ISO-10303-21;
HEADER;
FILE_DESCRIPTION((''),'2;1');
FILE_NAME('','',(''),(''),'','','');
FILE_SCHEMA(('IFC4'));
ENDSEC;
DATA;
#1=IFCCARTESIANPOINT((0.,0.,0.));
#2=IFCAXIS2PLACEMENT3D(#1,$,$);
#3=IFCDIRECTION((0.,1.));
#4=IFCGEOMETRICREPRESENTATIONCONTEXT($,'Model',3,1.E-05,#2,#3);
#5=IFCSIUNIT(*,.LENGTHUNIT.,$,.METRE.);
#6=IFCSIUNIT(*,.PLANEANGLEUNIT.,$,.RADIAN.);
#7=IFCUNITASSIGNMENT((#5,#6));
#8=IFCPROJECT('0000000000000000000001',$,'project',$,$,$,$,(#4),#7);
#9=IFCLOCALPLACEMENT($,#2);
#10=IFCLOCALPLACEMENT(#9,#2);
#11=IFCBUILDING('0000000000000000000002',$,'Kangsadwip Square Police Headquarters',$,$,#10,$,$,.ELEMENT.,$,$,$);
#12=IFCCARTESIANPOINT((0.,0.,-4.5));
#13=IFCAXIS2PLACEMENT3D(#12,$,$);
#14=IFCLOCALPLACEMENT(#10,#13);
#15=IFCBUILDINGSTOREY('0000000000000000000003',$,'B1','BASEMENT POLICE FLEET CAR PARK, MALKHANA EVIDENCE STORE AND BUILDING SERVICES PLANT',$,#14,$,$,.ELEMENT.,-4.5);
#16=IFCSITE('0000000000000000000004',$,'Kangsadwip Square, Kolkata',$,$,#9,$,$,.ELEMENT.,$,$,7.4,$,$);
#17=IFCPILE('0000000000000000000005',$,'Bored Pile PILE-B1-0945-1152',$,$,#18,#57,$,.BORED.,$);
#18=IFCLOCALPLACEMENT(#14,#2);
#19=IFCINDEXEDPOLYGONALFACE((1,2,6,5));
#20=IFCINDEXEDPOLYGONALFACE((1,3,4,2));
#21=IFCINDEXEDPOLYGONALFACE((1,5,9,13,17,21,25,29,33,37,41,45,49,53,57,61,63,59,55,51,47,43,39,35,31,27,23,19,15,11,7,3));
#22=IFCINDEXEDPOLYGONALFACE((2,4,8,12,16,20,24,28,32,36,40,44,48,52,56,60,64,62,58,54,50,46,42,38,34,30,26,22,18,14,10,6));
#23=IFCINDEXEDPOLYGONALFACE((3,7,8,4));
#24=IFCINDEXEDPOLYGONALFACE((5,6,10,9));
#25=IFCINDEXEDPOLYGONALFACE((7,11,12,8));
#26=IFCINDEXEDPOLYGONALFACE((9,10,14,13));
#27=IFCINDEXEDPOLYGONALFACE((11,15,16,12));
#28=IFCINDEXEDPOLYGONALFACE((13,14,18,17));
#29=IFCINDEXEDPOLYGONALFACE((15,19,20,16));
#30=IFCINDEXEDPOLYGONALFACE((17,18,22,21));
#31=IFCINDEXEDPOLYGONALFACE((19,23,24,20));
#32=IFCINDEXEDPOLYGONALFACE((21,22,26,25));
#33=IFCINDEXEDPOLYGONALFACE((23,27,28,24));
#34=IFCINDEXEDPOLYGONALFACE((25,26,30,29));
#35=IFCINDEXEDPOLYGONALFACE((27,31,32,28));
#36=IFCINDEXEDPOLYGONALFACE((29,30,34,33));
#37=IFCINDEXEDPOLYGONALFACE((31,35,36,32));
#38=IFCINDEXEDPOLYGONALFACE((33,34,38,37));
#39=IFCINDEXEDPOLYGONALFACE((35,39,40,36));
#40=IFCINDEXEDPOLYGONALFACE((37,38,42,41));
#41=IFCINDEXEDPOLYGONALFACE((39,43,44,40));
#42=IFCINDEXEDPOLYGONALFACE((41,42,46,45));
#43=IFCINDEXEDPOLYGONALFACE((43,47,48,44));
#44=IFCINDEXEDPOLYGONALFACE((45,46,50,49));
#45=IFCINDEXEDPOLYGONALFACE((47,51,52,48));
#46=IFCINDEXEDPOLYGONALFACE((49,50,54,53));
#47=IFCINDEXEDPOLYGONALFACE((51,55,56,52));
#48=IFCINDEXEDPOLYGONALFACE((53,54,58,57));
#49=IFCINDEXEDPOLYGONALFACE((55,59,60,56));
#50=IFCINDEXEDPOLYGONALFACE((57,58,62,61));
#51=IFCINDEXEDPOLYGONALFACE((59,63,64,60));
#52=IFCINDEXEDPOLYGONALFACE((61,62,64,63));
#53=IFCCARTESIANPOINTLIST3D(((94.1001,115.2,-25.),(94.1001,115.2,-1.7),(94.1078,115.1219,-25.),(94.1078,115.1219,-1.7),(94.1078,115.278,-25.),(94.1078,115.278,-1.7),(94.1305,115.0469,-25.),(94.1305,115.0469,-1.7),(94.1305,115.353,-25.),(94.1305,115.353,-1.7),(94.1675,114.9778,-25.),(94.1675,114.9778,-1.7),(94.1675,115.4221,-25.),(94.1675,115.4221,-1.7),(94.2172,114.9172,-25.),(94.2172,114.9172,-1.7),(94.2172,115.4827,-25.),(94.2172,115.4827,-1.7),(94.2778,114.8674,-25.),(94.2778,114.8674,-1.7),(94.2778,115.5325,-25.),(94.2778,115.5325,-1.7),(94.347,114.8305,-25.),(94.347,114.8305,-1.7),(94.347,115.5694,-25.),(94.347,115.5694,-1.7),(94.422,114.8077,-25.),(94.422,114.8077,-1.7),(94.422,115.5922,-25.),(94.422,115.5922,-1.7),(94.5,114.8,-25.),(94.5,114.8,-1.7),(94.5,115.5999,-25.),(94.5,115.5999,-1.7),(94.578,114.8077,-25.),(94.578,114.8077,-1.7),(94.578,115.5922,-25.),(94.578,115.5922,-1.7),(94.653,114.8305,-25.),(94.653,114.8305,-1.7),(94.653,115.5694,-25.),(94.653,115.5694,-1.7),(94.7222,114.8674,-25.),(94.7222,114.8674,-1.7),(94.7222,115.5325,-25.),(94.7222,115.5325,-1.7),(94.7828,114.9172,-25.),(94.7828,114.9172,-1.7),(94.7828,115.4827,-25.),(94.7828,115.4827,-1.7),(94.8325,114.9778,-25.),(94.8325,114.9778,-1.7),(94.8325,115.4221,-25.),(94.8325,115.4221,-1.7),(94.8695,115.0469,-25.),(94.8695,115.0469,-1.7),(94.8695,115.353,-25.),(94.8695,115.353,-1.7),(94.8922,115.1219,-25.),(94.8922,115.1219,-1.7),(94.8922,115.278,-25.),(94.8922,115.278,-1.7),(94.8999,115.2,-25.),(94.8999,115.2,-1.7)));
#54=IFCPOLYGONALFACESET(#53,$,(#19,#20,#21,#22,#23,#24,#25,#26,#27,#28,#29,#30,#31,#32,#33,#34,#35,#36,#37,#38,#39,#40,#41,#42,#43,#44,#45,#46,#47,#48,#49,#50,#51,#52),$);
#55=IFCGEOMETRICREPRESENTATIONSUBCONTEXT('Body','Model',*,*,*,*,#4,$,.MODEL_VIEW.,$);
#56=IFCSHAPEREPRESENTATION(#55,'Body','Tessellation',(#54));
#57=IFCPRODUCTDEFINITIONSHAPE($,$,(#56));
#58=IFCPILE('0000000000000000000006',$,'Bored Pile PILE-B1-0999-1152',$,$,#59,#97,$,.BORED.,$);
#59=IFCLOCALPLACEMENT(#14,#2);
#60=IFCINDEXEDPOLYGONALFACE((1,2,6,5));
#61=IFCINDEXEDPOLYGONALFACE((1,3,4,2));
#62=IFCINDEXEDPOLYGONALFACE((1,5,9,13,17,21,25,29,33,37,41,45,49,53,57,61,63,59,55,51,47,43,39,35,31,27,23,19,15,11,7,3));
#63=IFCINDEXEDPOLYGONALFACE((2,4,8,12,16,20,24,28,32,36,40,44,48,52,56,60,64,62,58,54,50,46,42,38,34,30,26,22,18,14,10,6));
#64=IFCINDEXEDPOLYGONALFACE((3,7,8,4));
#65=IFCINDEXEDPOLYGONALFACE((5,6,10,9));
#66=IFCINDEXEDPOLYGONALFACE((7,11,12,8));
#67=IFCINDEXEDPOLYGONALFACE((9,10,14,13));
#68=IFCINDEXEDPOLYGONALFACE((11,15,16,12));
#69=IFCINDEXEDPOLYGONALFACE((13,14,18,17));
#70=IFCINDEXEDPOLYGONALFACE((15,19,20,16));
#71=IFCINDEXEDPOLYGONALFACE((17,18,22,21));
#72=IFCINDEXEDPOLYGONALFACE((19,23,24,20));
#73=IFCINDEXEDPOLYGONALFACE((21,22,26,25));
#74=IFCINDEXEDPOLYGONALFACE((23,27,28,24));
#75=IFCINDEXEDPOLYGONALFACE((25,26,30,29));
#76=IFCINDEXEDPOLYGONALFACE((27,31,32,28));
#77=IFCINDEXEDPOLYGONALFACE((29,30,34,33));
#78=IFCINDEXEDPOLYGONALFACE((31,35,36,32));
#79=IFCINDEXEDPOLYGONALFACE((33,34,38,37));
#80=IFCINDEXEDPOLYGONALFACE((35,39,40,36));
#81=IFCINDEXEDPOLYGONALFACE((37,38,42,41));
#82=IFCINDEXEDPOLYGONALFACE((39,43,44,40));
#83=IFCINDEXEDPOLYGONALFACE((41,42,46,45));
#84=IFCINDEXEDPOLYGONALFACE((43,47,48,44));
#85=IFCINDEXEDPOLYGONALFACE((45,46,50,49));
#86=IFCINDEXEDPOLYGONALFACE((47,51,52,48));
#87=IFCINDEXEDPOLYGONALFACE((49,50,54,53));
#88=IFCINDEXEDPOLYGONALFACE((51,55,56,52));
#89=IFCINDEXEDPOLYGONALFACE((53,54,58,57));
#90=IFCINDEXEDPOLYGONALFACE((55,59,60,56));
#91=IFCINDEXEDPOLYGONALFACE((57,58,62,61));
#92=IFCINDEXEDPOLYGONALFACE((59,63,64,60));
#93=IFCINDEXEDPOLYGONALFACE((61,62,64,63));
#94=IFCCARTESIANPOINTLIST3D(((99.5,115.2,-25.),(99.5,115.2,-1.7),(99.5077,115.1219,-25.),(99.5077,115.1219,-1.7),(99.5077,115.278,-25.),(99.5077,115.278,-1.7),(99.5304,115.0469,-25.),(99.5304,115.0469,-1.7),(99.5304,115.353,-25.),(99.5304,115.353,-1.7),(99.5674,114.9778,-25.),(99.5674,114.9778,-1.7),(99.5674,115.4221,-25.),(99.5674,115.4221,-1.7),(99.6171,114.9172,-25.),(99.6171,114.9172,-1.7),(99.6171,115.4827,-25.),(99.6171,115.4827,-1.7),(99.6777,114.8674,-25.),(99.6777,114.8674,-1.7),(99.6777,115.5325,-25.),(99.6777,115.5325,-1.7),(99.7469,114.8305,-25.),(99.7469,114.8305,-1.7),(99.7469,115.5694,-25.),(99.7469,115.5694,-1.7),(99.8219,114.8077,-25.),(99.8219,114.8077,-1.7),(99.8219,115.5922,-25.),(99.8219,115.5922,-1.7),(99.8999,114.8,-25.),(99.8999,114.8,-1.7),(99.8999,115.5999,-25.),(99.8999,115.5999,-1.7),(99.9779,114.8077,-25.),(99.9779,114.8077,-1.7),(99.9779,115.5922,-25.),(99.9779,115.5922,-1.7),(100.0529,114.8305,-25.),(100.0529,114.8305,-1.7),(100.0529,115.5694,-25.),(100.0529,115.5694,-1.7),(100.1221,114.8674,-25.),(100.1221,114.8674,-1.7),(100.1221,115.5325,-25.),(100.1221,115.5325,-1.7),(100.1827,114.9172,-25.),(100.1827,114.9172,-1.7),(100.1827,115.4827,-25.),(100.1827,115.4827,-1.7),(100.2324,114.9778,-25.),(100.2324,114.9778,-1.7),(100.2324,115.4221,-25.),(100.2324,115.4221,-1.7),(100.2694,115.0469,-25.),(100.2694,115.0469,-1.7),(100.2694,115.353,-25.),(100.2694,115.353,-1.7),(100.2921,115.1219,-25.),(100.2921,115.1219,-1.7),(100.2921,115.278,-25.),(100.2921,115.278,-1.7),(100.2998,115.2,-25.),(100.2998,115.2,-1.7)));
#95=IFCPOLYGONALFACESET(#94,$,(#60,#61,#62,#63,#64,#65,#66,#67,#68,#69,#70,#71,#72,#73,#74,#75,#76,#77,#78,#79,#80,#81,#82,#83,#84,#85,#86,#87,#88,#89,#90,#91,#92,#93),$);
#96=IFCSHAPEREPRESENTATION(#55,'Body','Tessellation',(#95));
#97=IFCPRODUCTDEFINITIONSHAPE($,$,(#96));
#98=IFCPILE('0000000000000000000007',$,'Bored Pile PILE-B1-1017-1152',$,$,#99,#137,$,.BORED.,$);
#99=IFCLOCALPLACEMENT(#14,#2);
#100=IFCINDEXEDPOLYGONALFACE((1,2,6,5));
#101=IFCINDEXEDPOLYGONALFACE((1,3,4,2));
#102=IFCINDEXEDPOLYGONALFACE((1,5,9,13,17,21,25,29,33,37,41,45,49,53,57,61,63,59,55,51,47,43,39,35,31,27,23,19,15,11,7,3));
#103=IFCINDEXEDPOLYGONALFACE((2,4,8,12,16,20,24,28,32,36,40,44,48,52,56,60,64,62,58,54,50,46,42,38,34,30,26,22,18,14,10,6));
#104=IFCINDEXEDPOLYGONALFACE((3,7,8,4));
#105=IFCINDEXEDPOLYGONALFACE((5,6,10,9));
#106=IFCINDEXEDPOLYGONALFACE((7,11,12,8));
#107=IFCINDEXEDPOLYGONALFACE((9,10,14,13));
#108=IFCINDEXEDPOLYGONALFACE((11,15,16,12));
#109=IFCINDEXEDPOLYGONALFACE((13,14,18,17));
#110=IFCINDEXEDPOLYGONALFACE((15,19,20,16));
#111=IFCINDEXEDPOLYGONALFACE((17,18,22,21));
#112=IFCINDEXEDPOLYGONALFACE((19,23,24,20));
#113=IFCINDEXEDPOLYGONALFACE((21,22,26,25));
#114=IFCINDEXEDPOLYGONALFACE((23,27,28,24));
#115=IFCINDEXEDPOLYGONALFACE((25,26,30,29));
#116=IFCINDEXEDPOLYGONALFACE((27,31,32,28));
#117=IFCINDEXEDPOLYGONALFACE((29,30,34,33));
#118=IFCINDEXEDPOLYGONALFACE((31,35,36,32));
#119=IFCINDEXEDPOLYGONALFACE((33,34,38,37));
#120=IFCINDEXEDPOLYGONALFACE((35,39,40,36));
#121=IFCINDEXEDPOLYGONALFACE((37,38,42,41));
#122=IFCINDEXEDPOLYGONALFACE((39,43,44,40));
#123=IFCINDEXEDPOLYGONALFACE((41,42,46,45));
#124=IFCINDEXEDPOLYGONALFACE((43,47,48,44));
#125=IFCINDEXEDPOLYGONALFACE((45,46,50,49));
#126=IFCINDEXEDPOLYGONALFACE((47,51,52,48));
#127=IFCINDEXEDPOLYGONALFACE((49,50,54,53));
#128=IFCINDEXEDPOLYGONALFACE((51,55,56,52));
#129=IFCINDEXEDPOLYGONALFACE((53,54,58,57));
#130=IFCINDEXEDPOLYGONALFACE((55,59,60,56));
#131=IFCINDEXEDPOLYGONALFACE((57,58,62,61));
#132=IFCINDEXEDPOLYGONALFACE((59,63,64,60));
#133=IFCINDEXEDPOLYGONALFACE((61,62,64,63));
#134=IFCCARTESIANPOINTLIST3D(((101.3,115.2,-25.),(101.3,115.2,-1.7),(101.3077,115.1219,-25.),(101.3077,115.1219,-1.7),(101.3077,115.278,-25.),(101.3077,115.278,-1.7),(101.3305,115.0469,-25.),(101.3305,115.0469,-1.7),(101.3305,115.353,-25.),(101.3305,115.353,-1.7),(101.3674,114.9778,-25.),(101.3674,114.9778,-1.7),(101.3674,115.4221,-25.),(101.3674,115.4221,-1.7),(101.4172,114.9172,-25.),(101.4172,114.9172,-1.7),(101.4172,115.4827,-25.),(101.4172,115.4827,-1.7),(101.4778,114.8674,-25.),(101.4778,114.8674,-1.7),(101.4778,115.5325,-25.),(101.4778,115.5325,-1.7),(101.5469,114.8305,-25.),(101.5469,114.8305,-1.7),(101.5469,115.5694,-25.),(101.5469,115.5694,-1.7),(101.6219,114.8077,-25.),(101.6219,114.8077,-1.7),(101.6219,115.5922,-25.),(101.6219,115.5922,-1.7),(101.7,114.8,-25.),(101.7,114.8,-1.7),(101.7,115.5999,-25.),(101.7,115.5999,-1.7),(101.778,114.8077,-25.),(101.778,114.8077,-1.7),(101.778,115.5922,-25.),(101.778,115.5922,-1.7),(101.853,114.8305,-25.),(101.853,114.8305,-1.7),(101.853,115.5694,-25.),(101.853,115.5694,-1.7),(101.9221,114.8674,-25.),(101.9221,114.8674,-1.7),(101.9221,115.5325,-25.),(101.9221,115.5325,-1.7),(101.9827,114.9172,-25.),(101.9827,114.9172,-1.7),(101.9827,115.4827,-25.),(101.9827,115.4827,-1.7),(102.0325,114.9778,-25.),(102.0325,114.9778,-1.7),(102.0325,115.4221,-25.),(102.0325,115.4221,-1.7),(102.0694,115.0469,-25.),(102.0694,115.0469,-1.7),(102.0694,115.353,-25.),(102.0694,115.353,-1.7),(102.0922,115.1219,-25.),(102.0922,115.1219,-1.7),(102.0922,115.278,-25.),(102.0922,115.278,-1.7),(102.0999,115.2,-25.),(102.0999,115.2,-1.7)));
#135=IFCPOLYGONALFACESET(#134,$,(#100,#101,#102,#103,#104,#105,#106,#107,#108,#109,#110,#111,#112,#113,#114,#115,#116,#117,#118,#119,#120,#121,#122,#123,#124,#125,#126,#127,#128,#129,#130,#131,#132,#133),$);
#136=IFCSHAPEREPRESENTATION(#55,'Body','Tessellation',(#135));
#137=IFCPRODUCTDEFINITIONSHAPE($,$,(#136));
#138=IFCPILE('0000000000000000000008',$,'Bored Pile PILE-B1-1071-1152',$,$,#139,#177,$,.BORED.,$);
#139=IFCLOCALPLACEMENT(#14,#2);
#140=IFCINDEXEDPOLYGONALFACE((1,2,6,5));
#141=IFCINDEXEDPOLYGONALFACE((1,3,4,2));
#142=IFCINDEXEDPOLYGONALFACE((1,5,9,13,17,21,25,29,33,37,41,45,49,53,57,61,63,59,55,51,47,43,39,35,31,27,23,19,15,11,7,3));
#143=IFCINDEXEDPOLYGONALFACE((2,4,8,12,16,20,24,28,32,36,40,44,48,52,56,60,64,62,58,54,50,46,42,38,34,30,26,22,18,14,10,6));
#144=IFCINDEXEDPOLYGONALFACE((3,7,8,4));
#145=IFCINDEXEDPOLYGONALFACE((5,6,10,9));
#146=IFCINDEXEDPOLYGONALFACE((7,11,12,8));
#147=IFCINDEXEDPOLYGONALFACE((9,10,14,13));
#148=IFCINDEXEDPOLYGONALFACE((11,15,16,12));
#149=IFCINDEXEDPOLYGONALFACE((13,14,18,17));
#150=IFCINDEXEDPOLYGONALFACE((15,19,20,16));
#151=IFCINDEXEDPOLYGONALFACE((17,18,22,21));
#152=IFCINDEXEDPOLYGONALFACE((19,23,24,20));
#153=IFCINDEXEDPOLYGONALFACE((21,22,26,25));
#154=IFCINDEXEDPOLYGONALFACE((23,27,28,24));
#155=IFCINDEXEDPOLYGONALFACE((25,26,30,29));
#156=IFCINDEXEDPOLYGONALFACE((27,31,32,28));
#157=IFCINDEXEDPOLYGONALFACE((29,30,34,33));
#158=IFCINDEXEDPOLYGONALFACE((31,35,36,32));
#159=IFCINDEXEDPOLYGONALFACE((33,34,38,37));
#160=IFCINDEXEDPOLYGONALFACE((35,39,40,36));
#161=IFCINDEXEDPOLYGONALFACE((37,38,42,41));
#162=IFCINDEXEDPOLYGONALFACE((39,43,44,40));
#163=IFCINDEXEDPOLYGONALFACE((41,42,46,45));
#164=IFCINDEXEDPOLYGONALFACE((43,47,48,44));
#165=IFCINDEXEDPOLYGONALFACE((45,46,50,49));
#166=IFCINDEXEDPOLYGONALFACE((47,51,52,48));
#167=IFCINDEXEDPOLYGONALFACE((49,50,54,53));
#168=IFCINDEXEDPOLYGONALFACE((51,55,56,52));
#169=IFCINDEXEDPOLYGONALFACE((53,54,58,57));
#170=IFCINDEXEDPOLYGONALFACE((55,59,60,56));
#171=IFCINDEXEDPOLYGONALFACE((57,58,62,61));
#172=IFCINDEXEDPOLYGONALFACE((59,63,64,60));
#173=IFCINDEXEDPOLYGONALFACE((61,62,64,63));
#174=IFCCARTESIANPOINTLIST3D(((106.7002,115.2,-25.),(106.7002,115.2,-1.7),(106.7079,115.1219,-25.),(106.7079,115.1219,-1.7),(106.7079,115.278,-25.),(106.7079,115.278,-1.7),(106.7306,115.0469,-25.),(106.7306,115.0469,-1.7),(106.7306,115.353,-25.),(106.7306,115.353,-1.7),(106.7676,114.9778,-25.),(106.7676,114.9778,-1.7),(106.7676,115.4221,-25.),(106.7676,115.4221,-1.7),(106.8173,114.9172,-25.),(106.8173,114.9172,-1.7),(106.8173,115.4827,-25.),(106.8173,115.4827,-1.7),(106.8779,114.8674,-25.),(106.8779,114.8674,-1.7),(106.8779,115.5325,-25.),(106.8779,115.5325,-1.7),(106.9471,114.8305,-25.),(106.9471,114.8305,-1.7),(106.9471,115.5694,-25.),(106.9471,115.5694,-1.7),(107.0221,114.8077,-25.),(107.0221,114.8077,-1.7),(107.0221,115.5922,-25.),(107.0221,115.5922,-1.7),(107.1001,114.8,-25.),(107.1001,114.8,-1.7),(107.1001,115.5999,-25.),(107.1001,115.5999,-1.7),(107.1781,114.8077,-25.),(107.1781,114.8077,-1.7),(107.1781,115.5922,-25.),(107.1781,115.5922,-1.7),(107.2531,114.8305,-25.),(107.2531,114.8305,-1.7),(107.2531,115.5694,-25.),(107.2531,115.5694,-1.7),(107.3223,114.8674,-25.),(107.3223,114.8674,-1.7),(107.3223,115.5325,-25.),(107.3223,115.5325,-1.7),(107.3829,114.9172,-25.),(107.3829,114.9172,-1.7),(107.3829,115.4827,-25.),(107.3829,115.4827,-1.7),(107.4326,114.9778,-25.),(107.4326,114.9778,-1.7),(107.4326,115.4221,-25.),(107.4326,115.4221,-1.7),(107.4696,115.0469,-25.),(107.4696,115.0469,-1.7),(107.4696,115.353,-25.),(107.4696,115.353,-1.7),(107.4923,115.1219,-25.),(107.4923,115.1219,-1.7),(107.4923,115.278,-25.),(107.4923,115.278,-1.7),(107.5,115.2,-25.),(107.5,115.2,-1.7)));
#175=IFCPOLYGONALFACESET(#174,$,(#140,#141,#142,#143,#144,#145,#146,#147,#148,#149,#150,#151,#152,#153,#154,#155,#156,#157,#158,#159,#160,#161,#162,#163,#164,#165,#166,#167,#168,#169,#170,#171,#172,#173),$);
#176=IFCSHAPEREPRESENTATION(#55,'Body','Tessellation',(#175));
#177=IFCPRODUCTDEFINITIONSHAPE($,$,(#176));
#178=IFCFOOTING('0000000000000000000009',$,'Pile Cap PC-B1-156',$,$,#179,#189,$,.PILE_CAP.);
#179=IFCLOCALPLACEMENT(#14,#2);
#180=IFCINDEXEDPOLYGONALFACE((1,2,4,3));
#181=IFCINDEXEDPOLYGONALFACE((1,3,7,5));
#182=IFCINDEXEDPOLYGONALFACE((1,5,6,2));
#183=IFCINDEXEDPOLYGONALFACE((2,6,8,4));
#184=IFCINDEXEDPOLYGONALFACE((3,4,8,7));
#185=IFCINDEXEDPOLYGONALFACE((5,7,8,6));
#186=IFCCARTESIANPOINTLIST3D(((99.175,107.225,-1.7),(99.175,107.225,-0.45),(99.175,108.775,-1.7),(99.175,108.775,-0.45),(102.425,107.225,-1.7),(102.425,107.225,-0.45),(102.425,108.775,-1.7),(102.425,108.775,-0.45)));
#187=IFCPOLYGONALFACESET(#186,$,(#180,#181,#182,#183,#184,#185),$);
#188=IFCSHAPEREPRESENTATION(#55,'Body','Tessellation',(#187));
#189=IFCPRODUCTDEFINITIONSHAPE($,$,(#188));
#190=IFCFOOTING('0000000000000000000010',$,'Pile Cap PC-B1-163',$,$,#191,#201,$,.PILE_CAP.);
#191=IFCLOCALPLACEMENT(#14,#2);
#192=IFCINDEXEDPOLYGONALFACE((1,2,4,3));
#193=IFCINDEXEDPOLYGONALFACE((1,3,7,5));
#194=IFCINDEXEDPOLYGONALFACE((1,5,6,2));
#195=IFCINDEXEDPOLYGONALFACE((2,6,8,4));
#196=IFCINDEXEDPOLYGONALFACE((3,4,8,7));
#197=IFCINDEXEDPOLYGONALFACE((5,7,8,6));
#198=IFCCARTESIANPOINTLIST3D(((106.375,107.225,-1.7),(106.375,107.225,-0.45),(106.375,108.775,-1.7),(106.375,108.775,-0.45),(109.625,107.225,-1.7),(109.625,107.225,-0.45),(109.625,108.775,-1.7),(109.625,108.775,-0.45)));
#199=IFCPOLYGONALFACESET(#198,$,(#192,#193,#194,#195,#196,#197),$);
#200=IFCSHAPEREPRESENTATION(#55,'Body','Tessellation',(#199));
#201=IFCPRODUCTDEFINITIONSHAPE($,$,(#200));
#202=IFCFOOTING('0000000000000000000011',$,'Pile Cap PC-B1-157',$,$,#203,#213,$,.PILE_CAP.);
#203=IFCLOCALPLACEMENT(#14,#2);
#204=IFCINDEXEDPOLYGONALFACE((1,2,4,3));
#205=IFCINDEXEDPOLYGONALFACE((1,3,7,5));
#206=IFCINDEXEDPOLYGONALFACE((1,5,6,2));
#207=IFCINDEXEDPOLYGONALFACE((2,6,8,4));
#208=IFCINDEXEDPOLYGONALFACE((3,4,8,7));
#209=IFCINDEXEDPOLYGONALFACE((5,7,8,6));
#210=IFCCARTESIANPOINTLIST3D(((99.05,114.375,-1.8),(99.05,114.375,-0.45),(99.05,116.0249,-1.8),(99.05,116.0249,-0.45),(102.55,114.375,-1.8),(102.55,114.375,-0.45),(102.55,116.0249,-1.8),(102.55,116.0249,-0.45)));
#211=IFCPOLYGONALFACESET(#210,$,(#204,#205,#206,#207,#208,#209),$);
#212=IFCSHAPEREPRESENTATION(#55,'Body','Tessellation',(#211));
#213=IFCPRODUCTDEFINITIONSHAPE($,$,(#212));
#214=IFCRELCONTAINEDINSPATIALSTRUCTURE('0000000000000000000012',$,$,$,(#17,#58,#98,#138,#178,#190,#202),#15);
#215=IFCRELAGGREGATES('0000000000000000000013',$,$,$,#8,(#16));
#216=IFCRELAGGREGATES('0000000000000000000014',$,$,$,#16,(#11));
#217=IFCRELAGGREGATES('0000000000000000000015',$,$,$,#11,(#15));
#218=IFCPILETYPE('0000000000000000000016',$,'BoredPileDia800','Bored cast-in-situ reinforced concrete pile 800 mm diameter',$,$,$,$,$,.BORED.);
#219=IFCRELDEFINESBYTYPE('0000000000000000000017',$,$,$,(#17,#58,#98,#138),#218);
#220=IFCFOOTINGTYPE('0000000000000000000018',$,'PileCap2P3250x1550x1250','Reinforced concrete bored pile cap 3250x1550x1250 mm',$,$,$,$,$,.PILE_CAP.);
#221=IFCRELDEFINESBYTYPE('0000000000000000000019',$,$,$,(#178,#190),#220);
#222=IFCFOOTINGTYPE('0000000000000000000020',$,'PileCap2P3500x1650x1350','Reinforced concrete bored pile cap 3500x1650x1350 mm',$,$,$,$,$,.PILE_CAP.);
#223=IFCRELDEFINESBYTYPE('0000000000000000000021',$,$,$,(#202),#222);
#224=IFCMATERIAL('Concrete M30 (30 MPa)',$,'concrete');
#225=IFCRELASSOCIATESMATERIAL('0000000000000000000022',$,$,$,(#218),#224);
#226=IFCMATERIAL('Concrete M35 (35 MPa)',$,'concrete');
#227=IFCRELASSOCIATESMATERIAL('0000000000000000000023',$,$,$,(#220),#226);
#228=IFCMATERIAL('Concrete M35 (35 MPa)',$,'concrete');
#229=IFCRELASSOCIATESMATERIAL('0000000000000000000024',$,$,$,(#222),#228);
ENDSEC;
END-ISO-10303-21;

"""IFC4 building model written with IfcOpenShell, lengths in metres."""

from ifc_helpers import new_model, si_unit, direction, frame, origin, origin_2d, place, context, subcontext, project, spatial, rectangle, circle, extrude, material, material_profile, profile_set, type_object, element, save


model = new_model("IFC4")

# Units and contexts
model_context = context("Model", 3, precision=1e-05, world=origin(), true_north=direction((0.0, 1.0)))
body_context = subcontext(model_context, "Body", "Model", "MODEL_VIEW")
ifc_project = project(units=[si_unit("LENGTHUNIT", "METRE"), si_unit("PLANEANGLEUNIT", "RADIAN")], contexts=[model_context])

# Site, building, storey
site_placement = place(None, origin())
site = spatial("IfcSite", under=ifc_project, at=site_placement, Name="Kangsadwip Square, Kolkata", CompositionType="ELEMENT", RefElevation=7.4)
building_placement = place(site_placement, origin())
building = spatial("IfcBuilding", under=site, at=building_placement, Name="Kangsadwip Square Police Headquarters", CompositionType="ELEMENT")
storey_placement = place(building_placement, frame((0.0, 0.0, -4.5)))
storey = spatial("IfcBuildingStorey", under=building, at=storey_placement, Name="B1", Description="BASEMENT POLICE FLEET CAR PARK, MALKHANA EVIDENCE STORE AND BUILDING SERVICES PLANT", CompositionType="ELEMENT", Elevation=-4.5)

# Piles
ifc_material_1 = material(Name="Concrete M30 (30 MPa)", Category="concrete")
ifc_material_profile_1 = material_profile(ifc_material_1, circle(Radius=0.3999, at=origin_2d()), Name="PILE DIA 800")
ifc_profile_set_1 = profile_set([ifc_material_profile_1], Name="Concrete M30 (30 MPa)")
pile_type_1 = type_object("IfcPileType", Name="BoredPileDia800", Description="Bored cast-in-situ reinforced concrete pile 800 mm diameter", PredefinedType="BORED", material=ifc_profile_set_1)
for number, where, z_axis, x_axis, name in (
    (1, (94.5, 115.2, -1.7), (0.0, 0.0, -1.0), (1.0, 0.0, 0.0), "Bored Pile PILE-B1-0945-1152"),
    (2, (99.8999, 115.2, -1.7), (0.0, 0.0, -1.0), (1.0, 0.0, 0.0), "Bored Pile PILE-B1-0999-1152"),
    (3, (101.7, 115.2, -1.7), (0.0, 0.0, -1.0), (1.0, 0.0, 0.0), "Bored Pile PILE-B1-1017-1152"),
    (4, (107.1001, 115.2, -1.7), (0.0, 0.0, -1.0), (1.0, 0.0, 0.0), "Bored Pile PILE-B1-1071-1152"),
):
    element("IfcPile", number, at=place(storey_placement, frame(where, z_axis=z_axis, x_axis=x_axis)), inside=storey, type_object=pile_type_1, Name=name, PredefinedType="BORED", context=body_context, shape_type="SweptSolid", body=[
        extrude(circle(Radius=0.3999, at=origin_2d()), origin(), (0.0, 0.0, 1.0), 23.3),
    ])

# Footings
ifc_material_2 = material(Name="Concrete M35 (35 MPa)", Category="concrete")
footing_type_1 = type_object("IfcFootingType", Name="PileCap2P3250x1550x1250", Description="Reinforced concrete bored pile cap 3250x1550x1250 mm", PredefinedType="PILE_CAP", material=ifc_material_2)
for number, where, z_axis, x_axis, name in (
    (5, (100.8, 108.0, -1.7), (0.0, 0.0, 1.0), (1.0, 0.0, 0.0), "Pile Cap PC-B1-156"),
    (6, (108.0, 108.0, -1.7), (0.0, 0.0, 1.0), (1.0, 0.0, 0.0), "Pile Cap PC-B1-163"),
):
    element("IfcFooting", number, at=place(storey_placement, frame(where, z_axis=z_axis, x_axis=x_axis)), inside=storey, type_object=footing_type_1, Name=name, PredefinedType="PILE_CAP", context=body_context, shape_type="SweptSolid", body=[
        extrude(rectangle(XDim=3.25, YDim=1.55, at=origin_2d()), origin(), (0.0, 0.0, 1.0), 1.25),
    ])
ifc_material_3 = material(Name="Concrete M35 (35 MPa)", Category="concrete")
footing_type_2 = type_object("IfcFootingType", Name="PileCap2P3500x1650x1350", Description="Reinforced concrete bored pile cap 3500x1650x1350 mm", PredefinedType="PILE_CAP", material=ifc_material_3)
for number, where, z_axis, x_axis, name in (
    (7, (100.8, 115.2, -1.8), (0.0, 0.0, 1.0), (1.0, 0.0, 0.0), "Pile Cap PC-B1-157"),
):
    element("IfcFooting", number, at=place(storey_placement, frame(where, z_axis=z_axis, x_axis=x_axis)), inside=storey, type_object=footing_type_2, Name=name, PredefinedType="PILE_CAP", context=body_context, shape_type="SweptSolid", body=[
        extrude(rectangle(XDim=3.5, YDim=1.6499, at=origin_2d()), origin(), (0.0, 0.0, 1.0), 1.3501),
    ])

save(model, "model.ifc")
